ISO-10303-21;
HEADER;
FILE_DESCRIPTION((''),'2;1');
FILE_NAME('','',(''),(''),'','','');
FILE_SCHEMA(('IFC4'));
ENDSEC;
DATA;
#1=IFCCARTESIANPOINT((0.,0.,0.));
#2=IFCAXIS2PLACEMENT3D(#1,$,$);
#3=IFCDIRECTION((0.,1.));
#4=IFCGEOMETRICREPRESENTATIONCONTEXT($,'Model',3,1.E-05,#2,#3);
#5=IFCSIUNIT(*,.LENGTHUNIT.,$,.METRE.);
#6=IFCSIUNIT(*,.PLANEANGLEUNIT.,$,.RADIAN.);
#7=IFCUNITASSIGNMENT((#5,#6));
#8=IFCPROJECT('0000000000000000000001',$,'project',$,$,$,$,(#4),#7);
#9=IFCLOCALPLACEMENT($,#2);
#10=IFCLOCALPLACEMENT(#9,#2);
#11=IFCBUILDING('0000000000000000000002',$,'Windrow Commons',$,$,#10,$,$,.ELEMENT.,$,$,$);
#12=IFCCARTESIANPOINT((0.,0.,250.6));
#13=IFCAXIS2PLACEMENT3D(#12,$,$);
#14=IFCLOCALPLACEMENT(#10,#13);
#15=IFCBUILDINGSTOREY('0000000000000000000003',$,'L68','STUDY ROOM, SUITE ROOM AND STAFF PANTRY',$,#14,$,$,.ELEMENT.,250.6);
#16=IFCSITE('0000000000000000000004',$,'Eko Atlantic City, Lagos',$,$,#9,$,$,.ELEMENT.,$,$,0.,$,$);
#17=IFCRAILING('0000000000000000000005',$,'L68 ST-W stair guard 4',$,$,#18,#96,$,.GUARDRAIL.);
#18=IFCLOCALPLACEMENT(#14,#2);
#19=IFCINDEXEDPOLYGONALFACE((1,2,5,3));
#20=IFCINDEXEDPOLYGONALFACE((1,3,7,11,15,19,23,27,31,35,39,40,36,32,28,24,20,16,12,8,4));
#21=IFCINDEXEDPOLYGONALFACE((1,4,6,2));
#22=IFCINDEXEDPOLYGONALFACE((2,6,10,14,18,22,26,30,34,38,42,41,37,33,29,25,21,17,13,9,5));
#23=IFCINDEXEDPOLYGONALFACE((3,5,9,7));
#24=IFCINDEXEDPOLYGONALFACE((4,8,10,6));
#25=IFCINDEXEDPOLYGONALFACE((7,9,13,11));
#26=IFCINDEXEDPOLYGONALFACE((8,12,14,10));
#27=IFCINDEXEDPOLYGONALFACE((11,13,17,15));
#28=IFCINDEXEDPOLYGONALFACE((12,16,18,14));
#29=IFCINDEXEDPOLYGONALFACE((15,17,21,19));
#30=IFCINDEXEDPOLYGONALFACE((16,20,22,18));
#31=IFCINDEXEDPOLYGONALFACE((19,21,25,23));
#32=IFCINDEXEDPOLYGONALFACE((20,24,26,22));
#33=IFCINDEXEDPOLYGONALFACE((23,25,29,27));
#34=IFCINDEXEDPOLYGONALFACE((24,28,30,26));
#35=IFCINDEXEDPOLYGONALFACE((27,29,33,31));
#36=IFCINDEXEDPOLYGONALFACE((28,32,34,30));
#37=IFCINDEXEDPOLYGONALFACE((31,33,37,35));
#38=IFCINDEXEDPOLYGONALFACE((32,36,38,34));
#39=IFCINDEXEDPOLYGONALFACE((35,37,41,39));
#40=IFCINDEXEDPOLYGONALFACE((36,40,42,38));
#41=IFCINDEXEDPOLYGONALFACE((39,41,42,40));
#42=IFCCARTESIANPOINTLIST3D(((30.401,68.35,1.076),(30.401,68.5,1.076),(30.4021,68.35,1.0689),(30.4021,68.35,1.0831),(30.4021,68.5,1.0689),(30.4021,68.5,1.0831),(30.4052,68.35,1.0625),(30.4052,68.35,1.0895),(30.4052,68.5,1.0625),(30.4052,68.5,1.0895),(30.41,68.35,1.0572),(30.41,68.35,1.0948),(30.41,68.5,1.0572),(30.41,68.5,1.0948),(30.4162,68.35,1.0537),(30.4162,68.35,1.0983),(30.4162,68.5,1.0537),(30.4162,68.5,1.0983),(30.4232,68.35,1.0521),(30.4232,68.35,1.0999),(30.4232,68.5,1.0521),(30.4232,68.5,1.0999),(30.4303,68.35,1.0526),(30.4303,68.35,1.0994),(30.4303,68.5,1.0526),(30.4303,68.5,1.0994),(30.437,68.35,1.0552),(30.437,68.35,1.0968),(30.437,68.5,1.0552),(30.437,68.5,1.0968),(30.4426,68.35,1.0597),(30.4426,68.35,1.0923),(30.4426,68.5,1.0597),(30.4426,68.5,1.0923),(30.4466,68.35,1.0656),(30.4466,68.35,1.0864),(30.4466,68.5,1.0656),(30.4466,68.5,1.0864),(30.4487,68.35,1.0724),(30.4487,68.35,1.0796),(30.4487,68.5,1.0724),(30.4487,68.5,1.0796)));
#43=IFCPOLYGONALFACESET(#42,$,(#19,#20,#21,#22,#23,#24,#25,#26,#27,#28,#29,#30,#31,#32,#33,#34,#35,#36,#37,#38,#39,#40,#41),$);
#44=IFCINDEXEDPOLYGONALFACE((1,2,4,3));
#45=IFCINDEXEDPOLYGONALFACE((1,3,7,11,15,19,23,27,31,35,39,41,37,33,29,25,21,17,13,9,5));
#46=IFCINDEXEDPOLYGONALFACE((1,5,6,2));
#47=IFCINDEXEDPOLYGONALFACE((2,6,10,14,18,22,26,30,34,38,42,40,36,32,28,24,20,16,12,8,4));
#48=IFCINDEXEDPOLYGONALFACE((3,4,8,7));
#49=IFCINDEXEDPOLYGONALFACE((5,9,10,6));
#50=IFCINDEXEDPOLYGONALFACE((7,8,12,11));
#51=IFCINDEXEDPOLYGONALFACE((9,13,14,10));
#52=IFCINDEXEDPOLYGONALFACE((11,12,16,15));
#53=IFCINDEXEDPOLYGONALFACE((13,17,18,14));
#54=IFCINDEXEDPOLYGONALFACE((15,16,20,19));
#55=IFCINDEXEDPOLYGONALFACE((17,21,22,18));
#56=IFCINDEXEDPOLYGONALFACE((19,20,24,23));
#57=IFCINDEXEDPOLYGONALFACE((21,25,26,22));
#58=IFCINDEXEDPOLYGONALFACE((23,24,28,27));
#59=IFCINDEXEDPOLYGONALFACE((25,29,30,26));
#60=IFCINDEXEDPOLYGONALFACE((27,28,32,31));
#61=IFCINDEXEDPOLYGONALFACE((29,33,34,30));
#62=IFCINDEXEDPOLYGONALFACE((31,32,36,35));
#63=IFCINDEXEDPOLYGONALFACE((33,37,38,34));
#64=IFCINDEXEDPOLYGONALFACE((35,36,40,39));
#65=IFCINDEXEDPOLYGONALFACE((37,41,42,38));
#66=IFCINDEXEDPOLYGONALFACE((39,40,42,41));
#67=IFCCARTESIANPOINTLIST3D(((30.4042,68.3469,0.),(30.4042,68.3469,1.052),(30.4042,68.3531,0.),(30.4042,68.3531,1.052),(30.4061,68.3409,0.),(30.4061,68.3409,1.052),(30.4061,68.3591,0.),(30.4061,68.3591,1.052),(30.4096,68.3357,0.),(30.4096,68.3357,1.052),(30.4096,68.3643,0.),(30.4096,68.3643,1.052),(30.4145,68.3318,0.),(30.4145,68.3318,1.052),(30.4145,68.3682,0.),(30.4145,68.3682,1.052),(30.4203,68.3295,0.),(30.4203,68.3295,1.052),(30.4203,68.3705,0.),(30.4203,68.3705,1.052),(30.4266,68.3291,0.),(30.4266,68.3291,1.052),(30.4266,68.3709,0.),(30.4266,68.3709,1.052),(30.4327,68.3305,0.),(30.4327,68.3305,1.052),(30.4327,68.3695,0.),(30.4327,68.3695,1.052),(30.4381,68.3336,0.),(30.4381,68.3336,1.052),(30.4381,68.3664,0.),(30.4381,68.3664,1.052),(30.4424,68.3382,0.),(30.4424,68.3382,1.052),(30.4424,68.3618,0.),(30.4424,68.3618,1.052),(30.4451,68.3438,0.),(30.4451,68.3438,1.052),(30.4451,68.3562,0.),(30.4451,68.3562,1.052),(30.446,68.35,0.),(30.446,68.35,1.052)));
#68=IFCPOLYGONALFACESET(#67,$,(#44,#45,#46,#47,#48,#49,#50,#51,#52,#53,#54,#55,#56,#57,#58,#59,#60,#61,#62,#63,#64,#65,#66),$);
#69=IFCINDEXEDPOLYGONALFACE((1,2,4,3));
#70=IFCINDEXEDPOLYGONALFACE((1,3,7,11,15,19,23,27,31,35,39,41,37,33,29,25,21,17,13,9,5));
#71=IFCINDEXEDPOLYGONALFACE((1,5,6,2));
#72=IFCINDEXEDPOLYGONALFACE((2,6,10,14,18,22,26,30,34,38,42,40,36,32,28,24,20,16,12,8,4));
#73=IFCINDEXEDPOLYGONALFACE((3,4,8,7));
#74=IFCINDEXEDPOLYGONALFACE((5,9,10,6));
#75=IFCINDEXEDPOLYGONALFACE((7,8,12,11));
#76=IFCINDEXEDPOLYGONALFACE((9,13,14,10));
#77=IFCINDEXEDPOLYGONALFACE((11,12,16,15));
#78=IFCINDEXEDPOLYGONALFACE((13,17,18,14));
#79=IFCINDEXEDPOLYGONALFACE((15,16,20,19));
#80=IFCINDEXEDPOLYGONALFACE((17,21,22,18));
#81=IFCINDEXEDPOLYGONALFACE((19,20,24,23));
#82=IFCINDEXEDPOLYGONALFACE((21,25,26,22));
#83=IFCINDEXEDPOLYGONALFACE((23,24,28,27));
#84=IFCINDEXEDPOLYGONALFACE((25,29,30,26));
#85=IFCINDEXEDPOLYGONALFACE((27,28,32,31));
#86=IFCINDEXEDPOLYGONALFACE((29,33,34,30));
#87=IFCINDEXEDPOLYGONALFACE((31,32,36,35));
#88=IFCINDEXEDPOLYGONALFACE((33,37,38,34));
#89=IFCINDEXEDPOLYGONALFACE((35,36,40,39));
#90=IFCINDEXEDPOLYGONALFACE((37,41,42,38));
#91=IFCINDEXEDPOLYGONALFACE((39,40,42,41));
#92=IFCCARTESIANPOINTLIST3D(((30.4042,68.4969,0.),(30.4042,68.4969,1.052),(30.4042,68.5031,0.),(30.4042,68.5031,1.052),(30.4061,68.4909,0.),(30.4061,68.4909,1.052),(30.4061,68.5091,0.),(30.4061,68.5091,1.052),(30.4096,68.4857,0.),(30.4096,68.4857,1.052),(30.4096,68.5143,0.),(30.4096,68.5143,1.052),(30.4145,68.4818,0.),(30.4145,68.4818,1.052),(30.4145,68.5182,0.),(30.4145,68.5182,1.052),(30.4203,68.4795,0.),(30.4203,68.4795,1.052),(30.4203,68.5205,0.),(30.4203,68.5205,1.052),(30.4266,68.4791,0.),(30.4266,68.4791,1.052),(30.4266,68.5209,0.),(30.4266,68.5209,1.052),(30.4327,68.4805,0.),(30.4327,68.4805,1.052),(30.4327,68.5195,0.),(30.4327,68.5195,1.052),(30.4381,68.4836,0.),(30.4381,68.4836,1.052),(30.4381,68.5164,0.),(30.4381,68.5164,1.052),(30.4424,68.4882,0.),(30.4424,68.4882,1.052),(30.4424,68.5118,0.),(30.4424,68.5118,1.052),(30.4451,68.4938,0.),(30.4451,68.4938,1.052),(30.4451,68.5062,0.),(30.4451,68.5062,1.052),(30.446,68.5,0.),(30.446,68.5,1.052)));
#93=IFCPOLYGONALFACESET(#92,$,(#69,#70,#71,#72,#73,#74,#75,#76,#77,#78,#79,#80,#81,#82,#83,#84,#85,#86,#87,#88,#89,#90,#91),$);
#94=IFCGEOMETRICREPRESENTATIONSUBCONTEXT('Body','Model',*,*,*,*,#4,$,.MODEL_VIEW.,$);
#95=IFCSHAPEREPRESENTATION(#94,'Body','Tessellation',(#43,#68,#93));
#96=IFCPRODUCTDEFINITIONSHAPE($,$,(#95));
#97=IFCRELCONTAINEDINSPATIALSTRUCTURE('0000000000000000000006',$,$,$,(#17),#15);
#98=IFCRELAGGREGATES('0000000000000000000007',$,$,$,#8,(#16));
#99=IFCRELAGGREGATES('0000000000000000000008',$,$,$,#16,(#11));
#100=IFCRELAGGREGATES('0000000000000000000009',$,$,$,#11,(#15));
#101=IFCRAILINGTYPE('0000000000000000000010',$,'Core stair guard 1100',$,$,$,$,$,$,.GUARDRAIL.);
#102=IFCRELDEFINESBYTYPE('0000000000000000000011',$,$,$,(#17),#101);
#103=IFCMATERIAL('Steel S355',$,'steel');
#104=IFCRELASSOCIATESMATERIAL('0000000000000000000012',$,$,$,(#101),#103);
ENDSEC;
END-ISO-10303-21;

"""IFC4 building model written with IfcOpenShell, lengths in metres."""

from ifc_helpers import new_model, si_unit, direction, frame, origin, origin_2d, place, context, subcontext, project, spatial, circle, extrude, material, type_object, element, save


model = new_model("IFC4")

# Units and contexts
model_context = context("Model", 3, precision=1e-05, world=origin(), true_north=direction((0.0, 1.0)))
body_context = subcontext(model_context, "Body", "Model", "MODEL_VIEW")
ifc_project = project(units=[si_unit("LENGTHUNIT", "METRE"), si_unit("PLANEANGLEUNIT", "RADIAN")], contexts=[model_context])

# Site, building, storey
site_placement = place(None, origin())
site = spatial("IfcSite", under=ifc_project, at=site_placement, Name="Eko Atlantic City, Lagos", CompositionType="ELEMENT", RefElevation=0.0)
building_placement = place(site_placement, origin())
building = spatial("IfcBuilding", under=site, at=building_placement, Name="Windrow Commons", CompositionType="ELEMENT")
storey_placement = place(building_placement, frame((0.0, 0.0, 250.6)))
storey = spatial("IfcBuildingStorey", under=building, at=storey_placement, Name="L68", Description="STUDY ROOM, SUITE ROOM AND STAFF PANTRY", CompositionType="ELEMENT", Elevation=250.6)

# Railing
ifc_material_1 = material(Name="Steel S355", Category="steel")
railing_type_1 = type_object("IfcRailingType", Name="Core stair guard 1100", PredefinedType="GUARDRAIL", material=ifc_material_1)
railing_1_placement = place(storey_placement, frame((30.425, 68.35, 0.0)))
element("IfcRailing", 1, at=railing_1_placement, inside=storey, type_object=railing_type_1, Name="L68 ST-W stair guard 4", PredefinedType="GUARDRAIL", context=body_context, shape_type="SweptSolid", body=[
    extrude(circle(Radius=0.024, at=origin_2d()), frame((0.0, 0.0, 1.076), z_axis=(0.0, 1.0, 0.0), x_axis=(-1.0, 0.0, 0.0)), (0.0, 0.0, 1.0), 0.15),
    extrude(circle(Radius=0.021, at=origin_2d()), origin(), (0.0, 0.0, 1.0), 1.052),
    extrude(circle(Radius=0.021, at=origin_2d()), frame((0.0, 0.15, 0.0)), (0.0, 0.0, 1.0), 1.052),
])

save(model, "model.ifc")
